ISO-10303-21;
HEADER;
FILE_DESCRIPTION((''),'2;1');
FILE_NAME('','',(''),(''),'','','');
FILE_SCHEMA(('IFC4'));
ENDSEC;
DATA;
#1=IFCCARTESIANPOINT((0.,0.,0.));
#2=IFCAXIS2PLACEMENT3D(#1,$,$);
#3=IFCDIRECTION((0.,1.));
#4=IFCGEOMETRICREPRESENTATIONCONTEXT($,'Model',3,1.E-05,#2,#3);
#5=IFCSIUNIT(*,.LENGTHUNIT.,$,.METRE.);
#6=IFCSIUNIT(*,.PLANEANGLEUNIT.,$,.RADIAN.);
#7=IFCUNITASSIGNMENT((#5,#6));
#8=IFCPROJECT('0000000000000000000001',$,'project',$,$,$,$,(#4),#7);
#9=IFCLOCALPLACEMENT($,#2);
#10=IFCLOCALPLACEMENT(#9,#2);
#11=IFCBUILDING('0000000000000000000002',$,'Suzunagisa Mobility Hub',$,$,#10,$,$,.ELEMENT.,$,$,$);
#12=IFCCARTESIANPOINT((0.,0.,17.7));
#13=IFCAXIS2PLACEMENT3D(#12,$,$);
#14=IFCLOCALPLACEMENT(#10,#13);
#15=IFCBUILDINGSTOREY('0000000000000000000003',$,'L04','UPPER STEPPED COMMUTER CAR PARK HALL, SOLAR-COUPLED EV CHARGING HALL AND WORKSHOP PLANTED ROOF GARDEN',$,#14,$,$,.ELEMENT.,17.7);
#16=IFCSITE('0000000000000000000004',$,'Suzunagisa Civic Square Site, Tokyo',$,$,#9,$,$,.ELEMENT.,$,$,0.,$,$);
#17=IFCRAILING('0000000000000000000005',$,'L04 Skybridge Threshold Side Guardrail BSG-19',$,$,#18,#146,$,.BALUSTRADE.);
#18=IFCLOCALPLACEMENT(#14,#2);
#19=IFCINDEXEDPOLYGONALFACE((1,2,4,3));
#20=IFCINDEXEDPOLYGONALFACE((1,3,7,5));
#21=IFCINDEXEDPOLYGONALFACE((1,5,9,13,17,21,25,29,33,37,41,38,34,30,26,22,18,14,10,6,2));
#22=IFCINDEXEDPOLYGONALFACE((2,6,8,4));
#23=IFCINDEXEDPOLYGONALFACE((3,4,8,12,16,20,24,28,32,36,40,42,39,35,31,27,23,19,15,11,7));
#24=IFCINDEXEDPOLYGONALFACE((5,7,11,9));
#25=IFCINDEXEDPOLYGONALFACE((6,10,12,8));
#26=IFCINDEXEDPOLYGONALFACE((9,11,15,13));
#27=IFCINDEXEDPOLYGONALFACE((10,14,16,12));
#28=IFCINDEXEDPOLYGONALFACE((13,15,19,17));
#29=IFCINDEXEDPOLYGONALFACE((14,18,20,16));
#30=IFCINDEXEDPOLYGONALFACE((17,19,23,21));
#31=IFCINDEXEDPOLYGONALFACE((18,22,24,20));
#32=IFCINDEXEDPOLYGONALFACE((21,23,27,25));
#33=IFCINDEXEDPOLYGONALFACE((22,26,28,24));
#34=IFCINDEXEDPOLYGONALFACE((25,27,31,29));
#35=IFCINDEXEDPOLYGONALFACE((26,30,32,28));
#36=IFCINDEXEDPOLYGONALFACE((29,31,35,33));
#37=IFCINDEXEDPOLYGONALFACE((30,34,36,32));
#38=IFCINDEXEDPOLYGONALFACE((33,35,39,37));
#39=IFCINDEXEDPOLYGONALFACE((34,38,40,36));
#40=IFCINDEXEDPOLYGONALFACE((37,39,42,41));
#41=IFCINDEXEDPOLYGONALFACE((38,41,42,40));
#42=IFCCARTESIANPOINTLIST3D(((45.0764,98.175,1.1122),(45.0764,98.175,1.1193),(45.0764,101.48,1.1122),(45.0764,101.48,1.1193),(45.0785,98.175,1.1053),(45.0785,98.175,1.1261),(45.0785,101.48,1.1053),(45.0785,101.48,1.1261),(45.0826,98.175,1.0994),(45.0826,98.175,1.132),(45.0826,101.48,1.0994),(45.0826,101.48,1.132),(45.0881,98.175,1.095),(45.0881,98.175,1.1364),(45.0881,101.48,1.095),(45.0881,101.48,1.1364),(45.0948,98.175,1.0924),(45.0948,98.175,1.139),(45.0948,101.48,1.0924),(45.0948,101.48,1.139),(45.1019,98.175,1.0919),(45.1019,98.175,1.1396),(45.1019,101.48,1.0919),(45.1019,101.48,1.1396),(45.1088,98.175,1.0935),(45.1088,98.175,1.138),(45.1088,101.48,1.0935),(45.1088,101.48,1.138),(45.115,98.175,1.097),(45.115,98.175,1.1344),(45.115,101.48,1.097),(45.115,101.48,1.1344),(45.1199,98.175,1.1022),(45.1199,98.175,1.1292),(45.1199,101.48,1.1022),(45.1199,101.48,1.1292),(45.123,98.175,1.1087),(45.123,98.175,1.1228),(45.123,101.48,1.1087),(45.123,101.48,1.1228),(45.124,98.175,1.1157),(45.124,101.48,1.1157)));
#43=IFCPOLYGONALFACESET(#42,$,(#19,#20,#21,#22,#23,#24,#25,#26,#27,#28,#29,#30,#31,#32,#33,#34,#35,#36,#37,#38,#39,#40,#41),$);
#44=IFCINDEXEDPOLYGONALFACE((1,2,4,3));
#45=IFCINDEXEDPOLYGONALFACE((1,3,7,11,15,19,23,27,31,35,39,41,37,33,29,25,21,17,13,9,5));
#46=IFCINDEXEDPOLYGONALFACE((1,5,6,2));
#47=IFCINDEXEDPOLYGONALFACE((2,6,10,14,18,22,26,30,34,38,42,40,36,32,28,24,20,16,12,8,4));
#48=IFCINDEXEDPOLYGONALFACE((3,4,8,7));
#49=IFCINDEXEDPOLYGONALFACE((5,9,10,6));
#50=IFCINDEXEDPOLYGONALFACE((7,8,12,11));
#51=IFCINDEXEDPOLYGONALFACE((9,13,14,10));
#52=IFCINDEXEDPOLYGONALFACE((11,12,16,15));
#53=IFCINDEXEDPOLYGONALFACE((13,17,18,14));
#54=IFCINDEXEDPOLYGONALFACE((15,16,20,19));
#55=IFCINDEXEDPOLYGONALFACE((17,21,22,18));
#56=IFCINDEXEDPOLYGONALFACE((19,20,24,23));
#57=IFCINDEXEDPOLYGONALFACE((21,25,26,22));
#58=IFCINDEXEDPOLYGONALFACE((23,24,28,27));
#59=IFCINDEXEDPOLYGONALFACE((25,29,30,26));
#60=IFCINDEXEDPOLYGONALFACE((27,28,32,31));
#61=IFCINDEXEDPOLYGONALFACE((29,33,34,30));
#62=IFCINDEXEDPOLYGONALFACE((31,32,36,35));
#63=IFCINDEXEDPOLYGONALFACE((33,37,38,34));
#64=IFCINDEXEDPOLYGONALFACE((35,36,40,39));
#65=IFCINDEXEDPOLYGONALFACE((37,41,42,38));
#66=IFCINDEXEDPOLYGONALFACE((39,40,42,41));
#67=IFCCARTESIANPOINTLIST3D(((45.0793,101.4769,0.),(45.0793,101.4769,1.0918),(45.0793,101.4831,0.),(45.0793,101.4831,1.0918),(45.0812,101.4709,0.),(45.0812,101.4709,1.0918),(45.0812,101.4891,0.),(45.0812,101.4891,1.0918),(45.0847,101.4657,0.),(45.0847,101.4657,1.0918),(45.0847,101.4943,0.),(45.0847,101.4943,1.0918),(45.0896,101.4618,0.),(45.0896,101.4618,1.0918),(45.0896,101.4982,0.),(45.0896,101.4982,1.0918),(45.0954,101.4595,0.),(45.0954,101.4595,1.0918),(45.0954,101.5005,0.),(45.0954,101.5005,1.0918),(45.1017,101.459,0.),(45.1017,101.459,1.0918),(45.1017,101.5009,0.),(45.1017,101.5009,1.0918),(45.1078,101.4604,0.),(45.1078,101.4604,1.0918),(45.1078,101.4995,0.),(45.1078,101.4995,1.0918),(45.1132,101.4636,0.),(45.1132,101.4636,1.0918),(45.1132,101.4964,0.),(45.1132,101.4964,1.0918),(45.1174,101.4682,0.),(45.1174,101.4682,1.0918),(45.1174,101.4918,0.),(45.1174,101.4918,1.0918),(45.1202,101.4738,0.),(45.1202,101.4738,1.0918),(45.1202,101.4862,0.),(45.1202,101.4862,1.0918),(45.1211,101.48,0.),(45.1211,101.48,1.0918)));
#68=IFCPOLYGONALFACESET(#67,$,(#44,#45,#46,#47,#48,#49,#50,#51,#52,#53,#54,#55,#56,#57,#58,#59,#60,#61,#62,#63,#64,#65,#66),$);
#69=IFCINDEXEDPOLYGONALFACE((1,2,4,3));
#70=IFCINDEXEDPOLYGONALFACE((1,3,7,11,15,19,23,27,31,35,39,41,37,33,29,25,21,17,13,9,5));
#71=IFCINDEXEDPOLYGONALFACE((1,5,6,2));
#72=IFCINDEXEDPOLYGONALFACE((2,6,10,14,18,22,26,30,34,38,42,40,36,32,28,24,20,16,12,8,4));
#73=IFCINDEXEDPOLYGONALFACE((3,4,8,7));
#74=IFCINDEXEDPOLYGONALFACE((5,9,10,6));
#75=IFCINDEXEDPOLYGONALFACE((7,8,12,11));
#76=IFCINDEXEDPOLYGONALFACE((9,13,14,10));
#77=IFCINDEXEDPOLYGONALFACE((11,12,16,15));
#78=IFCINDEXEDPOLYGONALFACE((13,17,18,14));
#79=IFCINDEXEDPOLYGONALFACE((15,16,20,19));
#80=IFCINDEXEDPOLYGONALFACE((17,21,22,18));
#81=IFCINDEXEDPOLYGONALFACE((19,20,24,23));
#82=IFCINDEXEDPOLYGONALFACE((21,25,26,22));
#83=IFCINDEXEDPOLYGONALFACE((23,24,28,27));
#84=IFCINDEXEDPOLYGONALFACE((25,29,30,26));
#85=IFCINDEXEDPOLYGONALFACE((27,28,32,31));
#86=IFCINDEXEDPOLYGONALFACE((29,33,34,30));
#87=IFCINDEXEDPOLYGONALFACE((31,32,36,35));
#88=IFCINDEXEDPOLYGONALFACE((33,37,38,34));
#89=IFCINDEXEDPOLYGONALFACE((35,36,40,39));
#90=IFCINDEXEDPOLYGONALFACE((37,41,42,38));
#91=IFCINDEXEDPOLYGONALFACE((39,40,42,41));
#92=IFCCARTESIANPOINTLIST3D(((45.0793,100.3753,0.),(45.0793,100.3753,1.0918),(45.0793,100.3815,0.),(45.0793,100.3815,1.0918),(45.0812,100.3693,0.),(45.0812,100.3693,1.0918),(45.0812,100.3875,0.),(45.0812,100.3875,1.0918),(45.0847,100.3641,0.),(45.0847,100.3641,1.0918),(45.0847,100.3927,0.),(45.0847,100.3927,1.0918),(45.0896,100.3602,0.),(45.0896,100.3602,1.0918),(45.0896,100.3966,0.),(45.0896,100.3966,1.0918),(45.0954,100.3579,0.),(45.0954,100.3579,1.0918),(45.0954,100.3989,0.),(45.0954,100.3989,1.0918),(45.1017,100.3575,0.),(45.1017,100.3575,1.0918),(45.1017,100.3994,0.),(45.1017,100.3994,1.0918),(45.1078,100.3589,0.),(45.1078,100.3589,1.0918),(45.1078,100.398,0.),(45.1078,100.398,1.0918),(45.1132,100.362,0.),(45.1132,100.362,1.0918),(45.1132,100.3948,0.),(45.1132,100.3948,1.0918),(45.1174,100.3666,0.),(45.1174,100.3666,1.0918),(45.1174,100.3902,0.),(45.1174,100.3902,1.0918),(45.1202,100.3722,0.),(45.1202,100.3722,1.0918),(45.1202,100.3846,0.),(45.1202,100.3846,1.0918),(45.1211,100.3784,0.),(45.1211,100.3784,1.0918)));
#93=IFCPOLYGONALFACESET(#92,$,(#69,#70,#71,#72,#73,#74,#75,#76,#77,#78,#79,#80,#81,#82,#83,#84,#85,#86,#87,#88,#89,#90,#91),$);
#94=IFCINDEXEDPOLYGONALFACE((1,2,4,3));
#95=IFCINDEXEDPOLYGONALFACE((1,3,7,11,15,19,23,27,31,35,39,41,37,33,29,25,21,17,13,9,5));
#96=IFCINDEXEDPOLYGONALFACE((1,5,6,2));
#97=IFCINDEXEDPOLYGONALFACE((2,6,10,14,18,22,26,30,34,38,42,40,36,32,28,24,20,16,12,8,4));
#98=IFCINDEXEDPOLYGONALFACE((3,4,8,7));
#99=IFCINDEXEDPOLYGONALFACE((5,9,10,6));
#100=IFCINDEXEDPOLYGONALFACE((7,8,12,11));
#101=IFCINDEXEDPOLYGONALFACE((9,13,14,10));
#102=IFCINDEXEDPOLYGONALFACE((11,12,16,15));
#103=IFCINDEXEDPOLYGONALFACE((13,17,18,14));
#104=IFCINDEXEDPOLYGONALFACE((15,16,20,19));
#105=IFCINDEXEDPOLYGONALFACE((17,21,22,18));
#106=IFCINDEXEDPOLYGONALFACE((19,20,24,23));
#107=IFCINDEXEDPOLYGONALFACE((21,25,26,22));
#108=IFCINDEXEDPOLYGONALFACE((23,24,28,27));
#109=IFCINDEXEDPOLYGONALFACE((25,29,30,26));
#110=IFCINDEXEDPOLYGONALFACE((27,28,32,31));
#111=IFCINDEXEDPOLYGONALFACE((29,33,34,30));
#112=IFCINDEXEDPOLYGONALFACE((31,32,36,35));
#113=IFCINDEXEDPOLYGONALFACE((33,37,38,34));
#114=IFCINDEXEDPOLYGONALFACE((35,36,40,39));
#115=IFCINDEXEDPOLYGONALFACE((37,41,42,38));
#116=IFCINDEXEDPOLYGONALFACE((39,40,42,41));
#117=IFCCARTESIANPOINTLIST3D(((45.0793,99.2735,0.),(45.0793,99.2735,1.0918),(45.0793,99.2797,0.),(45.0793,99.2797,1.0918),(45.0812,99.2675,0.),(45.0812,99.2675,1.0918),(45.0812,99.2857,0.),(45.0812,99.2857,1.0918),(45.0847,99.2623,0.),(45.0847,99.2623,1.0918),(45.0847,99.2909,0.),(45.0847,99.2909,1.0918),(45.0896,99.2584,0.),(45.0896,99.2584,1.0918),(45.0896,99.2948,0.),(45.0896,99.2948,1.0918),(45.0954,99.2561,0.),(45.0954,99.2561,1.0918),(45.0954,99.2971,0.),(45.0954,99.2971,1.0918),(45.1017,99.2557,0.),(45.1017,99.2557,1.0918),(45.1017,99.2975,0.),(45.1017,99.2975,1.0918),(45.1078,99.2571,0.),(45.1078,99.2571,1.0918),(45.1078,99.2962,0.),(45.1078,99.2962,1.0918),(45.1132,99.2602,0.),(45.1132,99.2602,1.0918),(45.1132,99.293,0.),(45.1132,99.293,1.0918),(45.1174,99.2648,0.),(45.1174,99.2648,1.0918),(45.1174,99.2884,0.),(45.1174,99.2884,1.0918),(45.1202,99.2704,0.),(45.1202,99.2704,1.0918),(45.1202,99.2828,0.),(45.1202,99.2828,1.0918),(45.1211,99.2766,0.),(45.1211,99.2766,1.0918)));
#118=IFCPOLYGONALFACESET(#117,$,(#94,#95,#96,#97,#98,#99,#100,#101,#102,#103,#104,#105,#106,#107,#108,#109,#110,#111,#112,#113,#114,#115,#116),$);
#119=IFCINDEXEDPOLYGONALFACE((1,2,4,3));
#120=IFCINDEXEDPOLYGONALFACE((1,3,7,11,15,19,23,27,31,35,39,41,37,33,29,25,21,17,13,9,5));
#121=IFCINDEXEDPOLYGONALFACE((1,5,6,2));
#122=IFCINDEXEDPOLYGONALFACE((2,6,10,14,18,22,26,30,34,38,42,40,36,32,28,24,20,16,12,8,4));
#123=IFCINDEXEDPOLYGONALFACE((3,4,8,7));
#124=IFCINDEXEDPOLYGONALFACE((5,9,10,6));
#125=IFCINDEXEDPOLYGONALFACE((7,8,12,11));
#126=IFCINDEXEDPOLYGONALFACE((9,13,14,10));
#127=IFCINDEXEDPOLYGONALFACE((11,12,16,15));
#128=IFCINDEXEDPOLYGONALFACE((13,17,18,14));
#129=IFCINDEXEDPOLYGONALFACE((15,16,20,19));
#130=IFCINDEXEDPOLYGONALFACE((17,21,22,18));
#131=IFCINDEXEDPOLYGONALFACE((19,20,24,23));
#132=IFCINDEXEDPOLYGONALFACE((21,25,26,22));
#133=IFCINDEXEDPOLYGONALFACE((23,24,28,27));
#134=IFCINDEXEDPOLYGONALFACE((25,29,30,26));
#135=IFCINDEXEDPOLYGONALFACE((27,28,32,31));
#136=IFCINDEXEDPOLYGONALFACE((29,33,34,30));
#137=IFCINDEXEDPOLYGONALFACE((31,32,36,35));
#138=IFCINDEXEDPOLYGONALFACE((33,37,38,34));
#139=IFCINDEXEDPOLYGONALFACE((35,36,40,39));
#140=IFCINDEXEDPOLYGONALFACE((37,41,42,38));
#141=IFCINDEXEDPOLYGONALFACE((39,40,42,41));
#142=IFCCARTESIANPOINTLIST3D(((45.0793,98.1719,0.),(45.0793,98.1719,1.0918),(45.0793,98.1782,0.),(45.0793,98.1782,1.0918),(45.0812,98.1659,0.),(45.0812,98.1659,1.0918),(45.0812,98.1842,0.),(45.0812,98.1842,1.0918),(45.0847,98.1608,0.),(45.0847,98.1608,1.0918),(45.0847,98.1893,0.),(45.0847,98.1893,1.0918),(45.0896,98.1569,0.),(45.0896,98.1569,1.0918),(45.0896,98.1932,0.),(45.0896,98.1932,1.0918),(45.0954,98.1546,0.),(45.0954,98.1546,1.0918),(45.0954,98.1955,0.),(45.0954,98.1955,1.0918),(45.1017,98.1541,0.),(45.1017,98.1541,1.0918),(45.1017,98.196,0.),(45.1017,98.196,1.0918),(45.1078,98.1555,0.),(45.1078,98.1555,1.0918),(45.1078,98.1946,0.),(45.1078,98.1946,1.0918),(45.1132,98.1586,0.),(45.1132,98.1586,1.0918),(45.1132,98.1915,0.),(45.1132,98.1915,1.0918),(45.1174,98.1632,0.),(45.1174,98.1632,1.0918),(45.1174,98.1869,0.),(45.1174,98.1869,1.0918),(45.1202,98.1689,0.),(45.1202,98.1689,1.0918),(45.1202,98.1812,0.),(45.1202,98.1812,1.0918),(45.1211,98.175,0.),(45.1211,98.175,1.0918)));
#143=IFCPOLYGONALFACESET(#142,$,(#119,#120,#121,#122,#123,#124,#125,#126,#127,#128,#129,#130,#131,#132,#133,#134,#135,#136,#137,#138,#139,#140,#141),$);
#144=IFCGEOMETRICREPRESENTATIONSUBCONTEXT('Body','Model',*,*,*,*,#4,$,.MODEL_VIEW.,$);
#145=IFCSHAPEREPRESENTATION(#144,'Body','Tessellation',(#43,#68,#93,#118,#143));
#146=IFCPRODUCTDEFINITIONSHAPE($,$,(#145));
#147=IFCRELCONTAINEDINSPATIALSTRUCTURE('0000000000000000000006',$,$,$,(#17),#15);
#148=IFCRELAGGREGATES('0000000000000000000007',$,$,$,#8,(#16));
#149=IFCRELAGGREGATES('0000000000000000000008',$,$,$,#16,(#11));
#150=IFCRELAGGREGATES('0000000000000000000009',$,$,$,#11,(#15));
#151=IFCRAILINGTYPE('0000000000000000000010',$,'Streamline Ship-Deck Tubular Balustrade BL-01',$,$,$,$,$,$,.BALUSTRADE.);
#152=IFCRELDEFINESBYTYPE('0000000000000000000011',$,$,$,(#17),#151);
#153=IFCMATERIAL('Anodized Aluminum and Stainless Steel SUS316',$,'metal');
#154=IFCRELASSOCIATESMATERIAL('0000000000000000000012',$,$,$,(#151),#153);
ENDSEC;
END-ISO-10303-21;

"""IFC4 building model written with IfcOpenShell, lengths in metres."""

from ifc_helpers import new_model, si_unit, direction, frame, origin, origin_2d, place, context, subcontext, project, spatial, circle, extrude, material, type_object, element, save


model = new_model("IFC4")

# Units and contexts
model_context = context("Model", 3, precision=1e-05, world=origin(), true_north=direction((0.0, 1.0)))
body_context = subcontext(model_context, "Body", "Model", "MODEL_VIEW")
ifc_project = project(units=[si_unit("LENGTHUNIT", "METRE"), si_unit("PLANEANGLEUNIT", "RADIAN")], contexts=[model_context])

# Site, building, storey
site_placement = place(None, origin())
site = spatial("IfcSite", under=ifc_project, at=site_placement, Name="Suzunagisa Civic Square Site, Tokyo", CompositionType="ELEMENT", RefElevation=0.0)
building_placement = place(site_placement, origin())
building = spatial("IfcBuilding", under=site, at=building_placement, Name="Suzunagisa Mobility Hub", CompositionType="ELEMENT")
storey_placement = place(building_placement, frame((0.0, 0.0, 17.7)))
storey = spatial("IfcBuildingStorey", under=building, at=storey_placement, Name="L04", Description="UPPER STEPPED COMMUTER CAR PARK HALL, SOLAR-COUPLED EV CHARGING HALL AND WORKSHOP PLANTED ROOF GARDEN", CompositionType="ELEMENT", Elevation=17.7)

# Railing
ifc_material_1 = material(Name="Anodized Aluminum and Stainless Steel SUS316", Category="metal")
railing_type = type_object("IfcRailingType", Name="Streamline Ship-Deck Tubular Balustrade BL-01", PredefinedType="BALUSTRADE", material=ifc_material_1)
railing_1_placement = place(storey_placement, frame((45.1001, 101.48, 0.0)))
element("IfcRailing", 1, at=railing_1_placement, inside=storey, type_object=railing_type, Name="L04 Skybridge Threshold Side Guardrail BSG-19", PredefinedType="BALUSTRADE", context=body_context, shape_type="SweptSolid", body=[
    extrude(circle(Radius=0.0239, at=origin_2d()), frame((0.0, 0.0, 1.1157), z_axis=(0.0, -1.0, 0.0), x_axis=(1.0, 0.0, 0.0)), (0.0, 0.0, 1.0), 3.3049),
    extrude(circle(Radius=0.021, at=origin_2d()), origin(), (0.0, 0.0, 1.0), 1.0918),
    extrude(circle(Radius=0.021, at=origin_2d()), frame((0.0, -1.1016, 0.0)), (0.0, 0.0, 1.0), 1.0918),
    extrude(circle(Radius=0.021, at=origin_2d()), frame((0.0, -2.2034, 0.0)), (0.0, 0.0, 1.0), 1.0918),
    extrude(circle(Radius=0.021, at=origin_2d()), frame((0.0, -3.3049, 0.0)), (0.0, 0.0, 1.0), 1.0918),
])

save(model, "model.ifc")
